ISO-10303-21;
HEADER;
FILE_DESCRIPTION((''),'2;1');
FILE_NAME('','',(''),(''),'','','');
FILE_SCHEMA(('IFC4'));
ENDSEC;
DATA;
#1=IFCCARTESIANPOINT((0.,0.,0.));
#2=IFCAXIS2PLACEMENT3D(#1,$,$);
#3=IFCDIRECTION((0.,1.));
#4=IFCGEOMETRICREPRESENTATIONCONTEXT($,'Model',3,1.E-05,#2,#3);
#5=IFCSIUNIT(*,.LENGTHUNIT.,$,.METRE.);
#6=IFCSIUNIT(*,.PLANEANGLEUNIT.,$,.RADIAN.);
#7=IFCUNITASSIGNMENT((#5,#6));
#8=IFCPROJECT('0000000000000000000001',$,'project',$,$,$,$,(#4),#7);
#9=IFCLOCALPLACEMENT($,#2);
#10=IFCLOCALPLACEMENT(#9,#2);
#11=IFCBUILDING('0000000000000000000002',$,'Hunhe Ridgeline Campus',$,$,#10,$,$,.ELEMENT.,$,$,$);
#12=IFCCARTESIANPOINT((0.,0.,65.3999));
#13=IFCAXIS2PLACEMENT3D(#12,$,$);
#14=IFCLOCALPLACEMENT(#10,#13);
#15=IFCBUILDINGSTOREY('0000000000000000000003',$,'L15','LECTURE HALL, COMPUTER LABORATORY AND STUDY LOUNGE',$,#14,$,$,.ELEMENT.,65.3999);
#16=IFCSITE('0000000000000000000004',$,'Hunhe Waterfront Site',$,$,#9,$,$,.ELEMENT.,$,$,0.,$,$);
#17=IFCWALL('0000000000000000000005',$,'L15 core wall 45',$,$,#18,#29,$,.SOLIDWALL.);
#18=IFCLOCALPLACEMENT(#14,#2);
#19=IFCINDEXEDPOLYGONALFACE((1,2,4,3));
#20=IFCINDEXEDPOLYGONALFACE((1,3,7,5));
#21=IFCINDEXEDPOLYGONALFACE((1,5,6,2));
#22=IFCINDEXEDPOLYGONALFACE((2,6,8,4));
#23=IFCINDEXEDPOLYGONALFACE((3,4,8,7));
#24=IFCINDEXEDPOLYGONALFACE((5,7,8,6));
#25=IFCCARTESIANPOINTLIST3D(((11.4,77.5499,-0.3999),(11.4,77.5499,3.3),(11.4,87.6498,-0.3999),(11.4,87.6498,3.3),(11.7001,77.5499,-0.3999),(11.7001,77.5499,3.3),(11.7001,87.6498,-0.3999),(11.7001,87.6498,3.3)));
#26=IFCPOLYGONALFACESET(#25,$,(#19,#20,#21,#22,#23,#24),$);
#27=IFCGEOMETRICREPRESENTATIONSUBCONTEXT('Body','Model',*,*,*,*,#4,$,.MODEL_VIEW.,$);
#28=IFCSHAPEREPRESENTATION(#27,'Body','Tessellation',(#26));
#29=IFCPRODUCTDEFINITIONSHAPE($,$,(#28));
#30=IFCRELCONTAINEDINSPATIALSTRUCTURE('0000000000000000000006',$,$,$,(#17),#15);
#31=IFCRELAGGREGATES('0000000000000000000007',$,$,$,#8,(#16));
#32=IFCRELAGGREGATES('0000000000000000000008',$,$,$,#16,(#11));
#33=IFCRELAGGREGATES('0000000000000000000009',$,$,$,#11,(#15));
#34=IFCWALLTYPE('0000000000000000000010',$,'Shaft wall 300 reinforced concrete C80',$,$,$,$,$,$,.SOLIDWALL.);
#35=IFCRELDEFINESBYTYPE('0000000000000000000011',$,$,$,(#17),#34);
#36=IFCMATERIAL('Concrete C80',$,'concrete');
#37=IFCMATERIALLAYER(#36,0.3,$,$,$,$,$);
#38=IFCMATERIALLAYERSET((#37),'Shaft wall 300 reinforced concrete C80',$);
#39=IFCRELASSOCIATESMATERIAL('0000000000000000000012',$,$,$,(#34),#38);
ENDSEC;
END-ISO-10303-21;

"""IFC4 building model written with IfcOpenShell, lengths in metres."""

from ifc_helpers import new_model, si_unit, direction, frame, frame_2d, origin, place, context, subcontext, project, spatial, rectangle, extrude, material, layer, layer_set, type_object, element, save


model = new_model("IFC4")

# Units and contexts
model_context = context("Model", 3, precision=1e-05, world=origin(), true_north=direction((0.0, 1.0)))
body_context = subcontext(model_context, "Body", "Model", "MODEL_VIEW")
ifc_project = project(units=[si_unit("LENGTHUNIT", "METRE"), si_unit("PLANEANGLEUNIT", "RADIAN")], contexts=[model_context])

# Site, building, storey
site_placement = place(None, origin())
site = spatial("IfcSite", under=ifc_project, at=site_placement, Name="Hunhe Waterfront Site", CompositionType="ELEMENT", RefElevation=0.0)
building_placement = place(site_placement, origin())
building = spatial("IfcBuilding", under=site, at=building_placement, Name="Hunhe Ridgeline Campus", CompositionType="ELEMENT")
storey_placement = place(building_placement, frame((0.0, 0.0, 65.3999)))
storey = spatial("IfcBuildingStorey", under=building, at=storey_placement, Name="L15", Description="LECTURE HALL, COMPUTER LABORATORY AND STUDY LOUNGE", CompositionType="ELEMENT", Elevation=65.3999)

# Shared definitions
ifc_material_1 = material(Name="Concrete C80", Category="concrete")
ifc_layer_1 = layer(ifc_material_1, 0.3)
ifc_layer_set_1 = layer_set([ifc_layer_1], Name="Shaft wall 300 reinforced concrete C80")
wall_type_1 = type_object("IfcWallType", Name="Shaft wall 300 reinforced concrete C80", PredefinedType="SOLIDWALL", material=ifc_layer_set_1)

# Wall
wall_1_placement = place(storey_placement, frame((11.55, 77.55, -0.3999), z_axis=(0.0, 0.0, 1.0), x_axis=(0.0, 1.0, 0.0)))
element("IfcWall", 1, at=wall_1_placement, inside=storey, type_object=wall_type_1, Name="L15 core wall 45", PredefinedType="SOLIDWALL", context=body_context, shape_type="SweptSolid", body=[
    extrude(rectangle(XDim=10.0999, YDim=0.3, at=frame_2d((5.0498, 0.0))), origin(), (0.0, 0.0, 1.0), 3.7),
])

save(model, "model.ifc")
